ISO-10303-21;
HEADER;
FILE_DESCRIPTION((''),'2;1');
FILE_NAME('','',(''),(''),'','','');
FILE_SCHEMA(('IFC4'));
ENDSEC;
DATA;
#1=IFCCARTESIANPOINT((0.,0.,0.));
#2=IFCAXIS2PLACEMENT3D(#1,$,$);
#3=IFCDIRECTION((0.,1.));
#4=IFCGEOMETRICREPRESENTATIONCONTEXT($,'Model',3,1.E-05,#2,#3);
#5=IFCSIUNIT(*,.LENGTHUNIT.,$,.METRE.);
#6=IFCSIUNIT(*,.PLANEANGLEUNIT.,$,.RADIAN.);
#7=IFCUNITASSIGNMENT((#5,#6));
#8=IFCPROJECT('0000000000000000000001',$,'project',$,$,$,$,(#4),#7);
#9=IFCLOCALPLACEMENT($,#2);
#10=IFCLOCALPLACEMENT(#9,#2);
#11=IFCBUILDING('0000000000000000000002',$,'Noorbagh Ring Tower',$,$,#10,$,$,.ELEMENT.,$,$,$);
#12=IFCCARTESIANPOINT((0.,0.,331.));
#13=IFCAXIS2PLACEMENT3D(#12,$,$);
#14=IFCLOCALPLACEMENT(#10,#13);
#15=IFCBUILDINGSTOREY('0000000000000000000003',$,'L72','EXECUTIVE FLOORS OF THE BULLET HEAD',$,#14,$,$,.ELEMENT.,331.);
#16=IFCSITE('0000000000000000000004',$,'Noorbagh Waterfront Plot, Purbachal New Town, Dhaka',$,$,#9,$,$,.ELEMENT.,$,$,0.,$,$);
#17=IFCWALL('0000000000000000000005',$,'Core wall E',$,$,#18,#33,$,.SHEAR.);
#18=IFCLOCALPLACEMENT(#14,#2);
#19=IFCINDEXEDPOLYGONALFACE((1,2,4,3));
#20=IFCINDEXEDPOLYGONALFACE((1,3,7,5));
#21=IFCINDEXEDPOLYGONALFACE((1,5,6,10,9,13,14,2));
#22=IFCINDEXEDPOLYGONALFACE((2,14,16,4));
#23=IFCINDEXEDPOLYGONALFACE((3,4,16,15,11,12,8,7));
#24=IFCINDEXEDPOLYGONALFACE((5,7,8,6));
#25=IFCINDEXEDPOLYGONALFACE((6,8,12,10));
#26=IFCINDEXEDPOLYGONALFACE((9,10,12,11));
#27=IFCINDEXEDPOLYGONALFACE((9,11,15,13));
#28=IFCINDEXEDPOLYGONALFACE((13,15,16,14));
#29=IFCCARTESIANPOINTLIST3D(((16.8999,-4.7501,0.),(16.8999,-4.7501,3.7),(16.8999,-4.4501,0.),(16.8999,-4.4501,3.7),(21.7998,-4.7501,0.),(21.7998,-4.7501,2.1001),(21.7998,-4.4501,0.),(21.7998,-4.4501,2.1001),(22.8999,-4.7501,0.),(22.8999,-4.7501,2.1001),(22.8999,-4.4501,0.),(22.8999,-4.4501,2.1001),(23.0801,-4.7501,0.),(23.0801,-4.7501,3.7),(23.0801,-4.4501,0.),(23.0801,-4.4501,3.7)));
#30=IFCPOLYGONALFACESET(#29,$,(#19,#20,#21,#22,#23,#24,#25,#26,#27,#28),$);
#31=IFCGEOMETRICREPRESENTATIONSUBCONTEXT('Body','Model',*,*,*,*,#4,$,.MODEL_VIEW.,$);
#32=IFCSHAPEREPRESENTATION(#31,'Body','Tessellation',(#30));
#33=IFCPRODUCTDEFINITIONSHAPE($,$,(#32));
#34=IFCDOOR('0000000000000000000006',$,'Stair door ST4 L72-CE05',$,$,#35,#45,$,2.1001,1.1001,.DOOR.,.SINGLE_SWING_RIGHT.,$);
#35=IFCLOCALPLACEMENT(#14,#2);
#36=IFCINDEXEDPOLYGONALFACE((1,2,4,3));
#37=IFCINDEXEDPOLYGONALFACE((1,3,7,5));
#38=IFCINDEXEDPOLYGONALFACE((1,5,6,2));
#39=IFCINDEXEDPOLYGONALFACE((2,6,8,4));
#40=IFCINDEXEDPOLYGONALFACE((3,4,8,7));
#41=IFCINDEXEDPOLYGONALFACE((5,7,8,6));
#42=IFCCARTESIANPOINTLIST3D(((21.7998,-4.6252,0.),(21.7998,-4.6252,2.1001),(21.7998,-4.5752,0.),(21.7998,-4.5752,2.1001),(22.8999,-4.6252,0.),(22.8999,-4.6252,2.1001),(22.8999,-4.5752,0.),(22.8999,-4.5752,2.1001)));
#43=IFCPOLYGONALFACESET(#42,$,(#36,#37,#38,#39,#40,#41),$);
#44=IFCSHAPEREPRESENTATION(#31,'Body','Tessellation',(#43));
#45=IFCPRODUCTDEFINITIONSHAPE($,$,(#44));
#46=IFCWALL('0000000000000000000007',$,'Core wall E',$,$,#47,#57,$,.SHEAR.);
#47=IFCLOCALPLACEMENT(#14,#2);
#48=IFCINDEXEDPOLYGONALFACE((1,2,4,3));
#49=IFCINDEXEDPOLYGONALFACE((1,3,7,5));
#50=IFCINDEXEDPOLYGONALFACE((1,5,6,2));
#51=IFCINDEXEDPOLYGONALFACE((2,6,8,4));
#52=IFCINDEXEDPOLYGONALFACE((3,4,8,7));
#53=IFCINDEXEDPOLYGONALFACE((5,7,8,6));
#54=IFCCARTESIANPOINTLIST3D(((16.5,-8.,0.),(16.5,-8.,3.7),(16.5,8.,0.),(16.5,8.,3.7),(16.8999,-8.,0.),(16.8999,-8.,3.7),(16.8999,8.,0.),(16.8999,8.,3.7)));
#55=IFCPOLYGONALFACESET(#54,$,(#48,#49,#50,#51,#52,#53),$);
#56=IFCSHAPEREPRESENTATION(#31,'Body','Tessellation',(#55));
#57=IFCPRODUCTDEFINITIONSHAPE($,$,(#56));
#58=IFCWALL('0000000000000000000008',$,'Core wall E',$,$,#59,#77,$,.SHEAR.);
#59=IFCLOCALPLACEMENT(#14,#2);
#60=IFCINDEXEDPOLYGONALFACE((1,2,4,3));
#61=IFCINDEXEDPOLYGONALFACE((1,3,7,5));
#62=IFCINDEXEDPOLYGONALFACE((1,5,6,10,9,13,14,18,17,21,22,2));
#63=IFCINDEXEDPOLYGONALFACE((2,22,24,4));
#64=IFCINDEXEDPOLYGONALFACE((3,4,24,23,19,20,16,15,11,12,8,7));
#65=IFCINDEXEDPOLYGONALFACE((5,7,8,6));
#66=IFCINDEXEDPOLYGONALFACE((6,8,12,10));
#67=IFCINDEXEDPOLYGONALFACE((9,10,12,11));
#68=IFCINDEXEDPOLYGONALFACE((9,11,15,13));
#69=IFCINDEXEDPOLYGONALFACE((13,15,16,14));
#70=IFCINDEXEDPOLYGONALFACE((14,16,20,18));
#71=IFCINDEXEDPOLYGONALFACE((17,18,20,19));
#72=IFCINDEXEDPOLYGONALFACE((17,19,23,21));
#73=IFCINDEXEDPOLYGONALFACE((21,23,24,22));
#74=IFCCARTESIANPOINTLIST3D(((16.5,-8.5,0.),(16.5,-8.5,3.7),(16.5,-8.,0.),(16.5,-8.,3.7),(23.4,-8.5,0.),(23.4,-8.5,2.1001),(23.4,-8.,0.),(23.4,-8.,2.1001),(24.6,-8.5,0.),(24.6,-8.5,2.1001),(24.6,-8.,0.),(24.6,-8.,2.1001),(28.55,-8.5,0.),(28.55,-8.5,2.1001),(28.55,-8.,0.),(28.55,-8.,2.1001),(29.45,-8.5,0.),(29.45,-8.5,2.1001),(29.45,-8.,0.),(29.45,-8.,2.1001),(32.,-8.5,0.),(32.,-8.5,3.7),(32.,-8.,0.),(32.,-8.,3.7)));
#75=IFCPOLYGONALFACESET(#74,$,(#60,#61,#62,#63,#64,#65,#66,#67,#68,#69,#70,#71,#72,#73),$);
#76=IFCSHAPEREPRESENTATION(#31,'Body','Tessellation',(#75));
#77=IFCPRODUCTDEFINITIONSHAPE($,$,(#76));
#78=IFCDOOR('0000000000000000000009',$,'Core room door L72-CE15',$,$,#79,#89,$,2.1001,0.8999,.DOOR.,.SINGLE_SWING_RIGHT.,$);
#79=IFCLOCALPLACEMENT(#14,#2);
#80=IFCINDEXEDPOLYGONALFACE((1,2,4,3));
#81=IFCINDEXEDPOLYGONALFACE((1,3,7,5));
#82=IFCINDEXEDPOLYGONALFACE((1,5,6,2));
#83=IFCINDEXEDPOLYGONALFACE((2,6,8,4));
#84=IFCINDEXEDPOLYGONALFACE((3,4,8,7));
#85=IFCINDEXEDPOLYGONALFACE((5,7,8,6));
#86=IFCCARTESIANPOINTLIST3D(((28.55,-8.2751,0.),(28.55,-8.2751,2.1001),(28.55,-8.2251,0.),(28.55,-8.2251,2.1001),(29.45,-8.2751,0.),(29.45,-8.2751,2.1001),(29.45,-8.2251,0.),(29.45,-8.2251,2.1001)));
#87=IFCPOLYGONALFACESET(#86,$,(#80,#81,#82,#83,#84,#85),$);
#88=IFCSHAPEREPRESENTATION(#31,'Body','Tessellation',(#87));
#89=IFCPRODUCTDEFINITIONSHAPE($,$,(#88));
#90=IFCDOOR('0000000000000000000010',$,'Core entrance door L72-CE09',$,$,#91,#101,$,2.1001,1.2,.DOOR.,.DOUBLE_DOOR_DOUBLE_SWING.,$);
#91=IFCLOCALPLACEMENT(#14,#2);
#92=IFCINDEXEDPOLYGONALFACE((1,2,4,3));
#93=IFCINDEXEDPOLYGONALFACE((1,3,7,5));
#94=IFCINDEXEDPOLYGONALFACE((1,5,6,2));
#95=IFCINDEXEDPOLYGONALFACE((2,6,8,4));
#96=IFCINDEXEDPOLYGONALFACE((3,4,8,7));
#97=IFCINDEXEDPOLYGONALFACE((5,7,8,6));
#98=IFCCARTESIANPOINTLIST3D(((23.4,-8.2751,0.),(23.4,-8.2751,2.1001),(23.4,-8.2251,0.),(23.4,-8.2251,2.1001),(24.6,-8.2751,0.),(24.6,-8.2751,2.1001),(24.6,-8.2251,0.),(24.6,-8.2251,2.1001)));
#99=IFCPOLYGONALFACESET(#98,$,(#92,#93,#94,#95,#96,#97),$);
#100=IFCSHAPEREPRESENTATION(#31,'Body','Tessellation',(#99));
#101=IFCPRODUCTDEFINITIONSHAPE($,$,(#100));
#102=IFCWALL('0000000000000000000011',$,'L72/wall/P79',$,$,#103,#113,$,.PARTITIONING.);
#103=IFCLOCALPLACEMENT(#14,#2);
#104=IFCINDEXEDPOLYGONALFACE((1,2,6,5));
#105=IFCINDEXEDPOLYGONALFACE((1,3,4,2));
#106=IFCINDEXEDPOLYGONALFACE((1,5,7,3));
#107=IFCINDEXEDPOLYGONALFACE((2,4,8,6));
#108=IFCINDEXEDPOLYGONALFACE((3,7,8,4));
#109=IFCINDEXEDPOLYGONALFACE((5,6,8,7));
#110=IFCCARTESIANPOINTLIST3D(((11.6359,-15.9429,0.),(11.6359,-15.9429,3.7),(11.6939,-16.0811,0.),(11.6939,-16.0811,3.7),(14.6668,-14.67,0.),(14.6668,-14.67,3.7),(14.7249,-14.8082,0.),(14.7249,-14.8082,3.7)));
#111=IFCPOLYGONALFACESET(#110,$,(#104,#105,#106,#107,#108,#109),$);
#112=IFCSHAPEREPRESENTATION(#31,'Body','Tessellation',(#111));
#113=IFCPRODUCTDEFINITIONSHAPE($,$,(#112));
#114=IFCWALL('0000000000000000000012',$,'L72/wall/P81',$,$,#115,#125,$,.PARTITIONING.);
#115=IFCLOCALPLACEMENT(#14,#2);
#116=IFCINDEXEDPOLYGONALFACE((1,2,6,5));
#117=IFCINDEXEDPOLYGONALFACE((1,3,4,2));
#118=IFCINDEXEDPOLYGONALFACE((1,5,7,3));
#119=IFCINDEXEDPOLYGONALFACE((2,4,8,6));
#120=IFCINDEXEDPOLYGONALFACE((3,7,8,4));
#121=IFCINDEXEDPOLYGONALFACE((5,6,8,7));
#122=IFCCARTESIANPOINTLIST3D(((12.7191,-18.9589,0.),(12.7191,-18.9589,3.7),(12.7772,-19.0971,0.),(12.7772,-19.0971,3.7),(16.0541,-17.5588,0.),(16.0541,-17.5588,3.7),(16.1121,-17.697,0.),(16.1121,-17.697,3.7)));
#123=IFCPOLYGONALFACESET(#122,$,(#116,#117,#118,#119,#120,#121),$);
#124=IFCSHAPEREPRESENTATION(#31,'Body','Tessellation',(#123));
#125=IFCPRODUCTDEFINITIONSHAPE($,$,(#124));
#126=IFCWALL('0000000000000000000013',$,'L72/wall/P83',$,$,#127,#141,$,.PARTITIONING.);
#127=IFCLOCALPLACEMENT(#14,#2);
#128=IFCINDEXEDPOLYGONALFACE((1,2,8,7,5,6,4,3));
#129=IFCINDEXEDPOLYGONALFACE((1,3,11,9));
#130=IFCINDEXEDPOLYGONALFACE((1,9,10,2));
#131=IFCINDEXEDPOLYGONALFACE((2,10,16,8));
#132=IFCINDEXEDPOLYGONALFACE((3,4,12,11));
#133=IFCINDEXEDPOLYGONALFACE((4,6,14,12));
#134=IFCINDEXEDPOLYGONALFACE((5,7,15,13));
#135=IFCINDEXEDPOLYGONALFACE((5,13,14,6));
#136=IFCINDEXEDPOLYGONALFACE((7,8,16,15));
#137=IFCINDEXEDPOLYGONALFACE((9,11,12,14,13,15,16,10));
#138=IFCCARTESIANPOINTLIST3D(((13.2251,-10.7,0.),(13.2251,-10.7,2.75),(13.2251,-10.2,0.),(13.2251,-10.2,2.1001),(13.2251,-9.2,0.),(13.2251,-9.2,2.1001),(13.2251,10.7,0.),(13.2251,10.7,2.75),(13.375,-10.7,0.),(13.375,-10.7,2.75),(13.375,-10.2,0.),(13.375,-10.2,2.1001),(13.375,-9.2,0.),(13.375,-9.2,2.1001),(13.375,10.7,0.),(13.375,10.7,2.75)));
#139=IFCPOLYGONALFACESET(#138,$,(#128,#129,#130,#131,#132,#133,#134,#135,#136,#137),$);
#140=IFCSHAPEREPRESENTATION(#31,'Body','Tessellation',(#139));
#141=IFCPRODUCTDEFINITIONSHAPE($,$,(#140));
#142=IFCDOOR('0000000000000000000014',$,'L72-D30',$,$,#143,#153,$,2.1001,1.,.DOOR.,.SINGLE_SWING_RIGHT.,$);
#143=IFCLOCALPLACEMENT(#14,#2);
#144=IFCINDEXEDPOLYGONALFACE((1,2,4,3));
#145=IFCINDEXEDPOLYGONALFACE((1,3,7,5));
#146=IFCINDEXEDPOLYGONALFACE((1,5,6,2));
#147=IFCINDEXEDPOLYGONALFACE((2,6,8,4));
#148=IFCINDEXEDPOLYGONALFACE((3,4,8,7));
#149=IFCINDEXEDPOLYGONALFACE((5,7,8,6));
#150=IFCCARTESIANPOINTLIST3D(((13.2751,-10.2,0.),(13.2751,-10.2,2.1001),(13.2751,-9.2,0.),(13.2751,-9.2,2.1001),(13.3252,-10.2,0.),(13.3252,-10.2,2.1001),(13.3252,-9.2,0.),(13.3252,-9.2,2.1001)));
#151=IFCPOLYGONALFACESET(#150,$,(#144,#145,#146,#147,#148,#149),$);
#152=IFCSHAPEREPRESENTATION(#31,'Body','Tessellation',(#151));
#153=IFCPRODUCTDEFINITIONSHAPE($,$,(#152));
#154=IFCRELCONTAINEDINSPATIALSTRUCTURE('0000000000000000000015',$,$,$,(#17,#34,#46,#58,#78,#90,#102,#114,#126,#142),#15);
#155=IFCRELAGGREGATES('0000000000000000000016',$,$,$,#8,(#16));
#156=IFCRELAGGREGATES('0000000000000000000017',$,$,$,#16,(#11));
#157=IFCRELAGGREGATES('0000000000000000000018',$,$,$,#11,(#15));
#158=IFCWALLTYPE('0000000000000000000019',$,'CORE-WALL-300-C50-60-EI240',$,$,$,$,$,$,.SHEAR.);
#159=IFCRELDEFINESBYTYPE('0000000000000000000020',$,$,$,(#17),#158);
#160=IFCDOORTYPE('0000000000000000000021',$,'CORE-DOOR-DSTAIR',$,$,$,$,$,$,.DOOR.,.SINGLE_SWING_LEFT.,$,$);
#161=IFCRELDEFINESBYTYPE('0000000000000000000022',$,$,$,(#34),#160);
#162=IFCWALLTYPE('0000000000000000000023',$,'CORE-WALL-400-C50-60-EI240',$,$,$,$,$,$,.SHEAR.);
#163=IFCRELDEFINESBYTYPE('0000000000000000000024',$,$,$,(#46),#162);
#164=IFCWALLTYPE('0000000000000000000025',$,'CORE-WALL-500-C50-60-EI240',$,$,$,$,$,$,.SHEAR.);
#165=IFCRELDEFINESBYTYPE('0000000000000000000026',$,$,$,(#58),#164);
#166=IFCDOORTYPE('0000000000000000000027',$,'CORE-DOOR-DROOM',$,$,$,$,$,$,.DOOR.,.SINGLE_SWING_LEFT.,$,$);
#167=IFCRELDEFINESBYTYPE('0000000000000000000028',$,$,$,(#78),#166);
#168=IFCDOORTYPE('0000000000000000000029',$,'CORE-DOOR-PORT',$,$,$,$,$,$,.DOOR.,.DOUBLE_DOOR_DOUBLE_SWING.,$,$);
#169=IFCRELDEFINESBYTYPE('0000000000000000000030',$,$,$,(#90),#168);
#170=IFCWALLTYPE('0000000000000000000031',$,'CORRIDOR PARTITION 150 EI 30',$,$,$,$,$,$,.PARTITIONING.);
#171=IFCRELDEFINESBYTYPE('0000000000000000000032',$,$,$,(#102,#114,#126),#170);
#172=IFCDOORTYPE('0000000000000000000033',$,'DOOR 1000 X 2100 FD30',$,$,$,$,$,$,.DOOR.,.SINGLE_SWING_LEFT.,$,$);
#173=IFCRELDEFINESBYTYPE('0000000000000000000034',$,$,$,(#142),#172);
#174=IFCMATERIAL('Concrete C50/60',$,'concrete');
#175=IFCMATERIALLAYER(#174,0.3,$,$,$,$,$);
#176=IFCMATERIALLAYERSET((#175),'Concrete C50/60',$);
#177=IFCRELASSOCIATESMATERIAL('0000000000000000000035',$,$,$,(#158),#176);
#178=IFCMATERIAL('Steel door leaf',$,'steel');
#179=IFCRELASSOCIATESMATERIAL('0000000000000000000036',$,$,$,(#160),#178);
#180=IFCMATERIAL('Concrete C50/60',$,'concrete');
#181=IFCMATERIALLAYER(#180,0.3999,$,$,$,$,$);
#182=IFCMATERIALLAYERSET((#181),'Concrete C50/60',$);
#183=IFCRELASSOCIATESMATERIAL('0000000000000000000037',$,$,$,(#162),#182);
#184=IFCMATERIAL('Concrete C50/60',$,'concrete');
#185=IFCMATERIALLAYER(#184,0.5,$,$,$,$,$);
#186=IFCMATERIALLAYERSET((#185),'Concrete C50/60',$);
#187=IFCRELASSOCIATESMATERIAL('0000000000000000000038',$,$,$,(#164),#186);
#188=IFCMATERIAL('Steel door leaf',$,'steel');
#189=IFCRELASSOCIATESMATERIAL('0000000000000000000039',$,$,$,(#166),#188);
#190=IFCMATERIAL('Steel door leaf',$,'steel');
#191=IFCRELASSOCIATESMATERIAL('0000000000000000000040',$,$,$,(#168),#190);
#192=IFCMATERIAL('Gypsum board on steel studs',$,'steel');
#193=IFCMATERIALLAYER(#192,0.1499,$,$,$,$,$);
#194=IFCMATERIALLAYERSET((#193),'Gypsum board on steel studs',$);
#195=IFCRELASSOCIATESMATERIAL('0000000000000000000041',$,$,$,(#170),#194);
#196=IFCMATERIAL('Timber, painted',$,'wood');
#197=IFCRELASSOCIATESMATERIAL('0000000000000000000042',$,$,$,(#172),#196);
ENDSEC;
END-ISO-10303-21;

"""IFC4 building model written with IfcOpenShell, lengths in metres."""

from ifc_helpers import new_model, si_unit, direction, frame, frame_2d, origin, place, context, subcontext, project, spatial, rectangle, extrude, material, layer, layer_set, type_object, element, fill, save


model = new_model("IFC4")

# Units and contexts
model_context = context("Model", 3, precision=1e-05, world=origin(), true_north=direction((0.0, 1.0)))
body_context = subcontext(model_context, "Body", "Model", "MODEL_VIEW")
ifc_project = project(units=[si_unit("LENGTHUNIT", "METRE"), si_unit("PLANEANGLEUNIT", "RADIAN")], contexts=[model_context])

# Site, building, storey
site_placement = place(None, origin())
site = spatial("IfcSite", under=ifc_project, at=site_placement, Name="Noorbagh Waterfront Plot, Purbachal New Town, Dhaka", CompositionType="ELEMENT", RefElevation=0.0)
building_placement = place(site_placement, origin())
building = spatial("IfcBuilding", under=site, at=building_placement, Name="Noorbagh Ring Tower", CompositionType="ELEMENT")
storey_placement = place(building_placement, frame((0.0, 0.0, 331.0)))
storey = spatial("IfcBuildingStorey", under=building, at=storey_placement, Name="L72", Description="EXECUTIVE FLOORS OF THE BULLET HEAD", CompositionType="ELEMENT", Elevation=331.0)

# Wall, opening, door
ifc_material_1 = material(Name="Concrete C50/60", Category="concrete")
ifc_layer_1 = layer(ifc_material_1, 0.3)
ifc_layer_set_1 = layer_set([ifc_layer_1], Name="Concrete C50/60")
wall_type_1 = type_object("IfcWallType", Name="CORE-WALL-300-C50-60-EI240", PredefinedType="SHEAR", material=ifc_layer_set_1)
wall_1_placement = place(storey_placement, frame((16.8999, -4.6001, 0.0), z_axis=(0.0, 0.0, 1.0), x_axis=(1.0, 0.0, 0.0)))
wall_1 = element("IfcWall", 1, at=wall_1_placement, inside=storey, type_object=wall_type_1, Name="Core wall E", PredefinedType="SHEAR", context=body_context, shape_type="SweptSolid", body=[
    extrude(rectangle(XDim=6.1802, YDim=0.3, at=frame_2d((3.0901, 0.0))), origin(), (0.0, 0.0, 1.0), 3.7),
])
opening_1_placement = place(wall_1_placement, frame((4.8999, 0.0, 0.0)))
opening_1 = element("IfcOpeningElement", 2, at=opening_1_placement, cuts=wall_1, PredefinedType="OPENING", context=body_context, shape_type="SweptSolid", body=[
    extrude(rectangle(XDim=1.1001, YDim=2.1001, at=frame_2d((0.55, 1.05))), frame((0.0, 0.1602, 0.0), z_axis=(0.0, -1.0, 0.0), x_axis=(1.0, 0.0, 0.0)), (0.0, 0.0, 1.0), 0.3201),
])
ifc_material_2 = material(Name="Steel door leaf", Category="steel")
door_type_1 = type_object("IfcDoorType", Name="CORE-DOOR-DSTAIR", OperationType="SINGLE_SWING_LEFT", PredefinedType="DOOR", material=ifc_material_2)
door_1_placement = place(opening_1_placement, origin())
door_1 = element("IfcDoor", 3, at=door_1_placement, inside=storey, type_object=door_type_1, Name="Stair door ST4 L72-CE05", OperationType="SINGLE_SWING_RIGHT", OverallHeight=2.1001, OverallWidth=1.1001, PredefinedType="DOOR", context=body_context, shape_type="SweptSolid", body=[
    extrude(rectangle(XDim=1.1001, YDim=2.1001, at=frame_2d((0.55, 1.05))), frame((0.0, 0.0249, 0.0), z_axis=(0.0, -1.0, 0.0), x_axis=(1.0, 0.0, 0.0)), (0.0, 0.0, 1.0), 0.05),
])
fill(opening_1, door_1)

# Wall
ifc_material_3 = material(Name="Concrete C50/60", Category="concrete")
ifc_layer_2 = layer(ifc_material_3, 0.3999)
ifc_layer_set_2 = layer_set([ifc_layer_2], Name="Concrete C50/60")
wall_type_2 = type_object("IfcWallType", Name="CORE-WALL-400-C50-60-EI240", PredefinedType="SHEAR", material=ifc_layer_set_2)
wall_2_placement = place(storey_placement, frame((16.7, -8.0, 0.0), z_axis=(0.0, 0.0, 1.0), x_axis=(0.0, 1.0, 0.0)))
element("IfcWall", 4, at=wall_2_placement, inside=storey, type_object=wall_type_2, Name="Core wall E", PredefinedType="SHEAR", context=body_context, shape_type="SweptSolid", body=[
    extrude(rectangle(XDim=16.0, YDim=0.3999, at=frame_2d((8.0, 0.0))), origin(), (0.0, 0.0, 1.0), 3.7),
])

# Wall, openings, doors
ifc_material_4 = material(Name="Concrete C50/60", Category="concrete")
ifc_layer_3 = layer(ifc_material_4, 0.5)
ifc_layer_set_3 = layer_set([ifc_layer_3], Name="Concrete C50/60")
wall_type_3 = type_object("IfcWallType", Name="CORE-WALL-500-C50-60-EI240", PredefinedType="SHEAR", material=ifc_layer_set_3)
wall_3_placement = place(storey_placement, frame((16.5, -8.25, 0.0), z_axis=(0.0, 0.0, 1.0), x_axis=(1.0, 0.0, 0.0)))
wall_3 = element("IfcWall", 5, at=wall_3_placement, inside=storey, type_object=wall_type_3, Name="Core wall E", PredefinedType="SHEAR", context=body_context, shape_type="SweptSolid", body=[
    extrude(rectangle(XDim=15.5, YDim=0.5, at=frame_2d((7.75, 0.0))), origin(), (0.0, 0.0, 1.0), 3.7),
])
opening_2_placement = place(wall_3_placement, frame((6.8999, 0.0, 0.0)))
opening_2 = element("IfcOpeningElement", 6, at=opening_2_placement, cuts=wall_3, PredefinedType="OPENING", context=body_context, shape_type="SweptSolid", body=[
    extrude(rectangle(XDim=1.2, YDim=2.1001, at=frame_2d((0.6001, 1.05))), frame((0.0, 0.26, 0.0), z_axis=(0.0, -1.0, 0.0), x_axis=(1.0, 0.0, 0.0)), (0.0, 0.0, 1.0), 0.52),
])
opening_3_placement = place(wall_3_placement, frame((12.05, 0.0, 0.0)))
opening_3 = element("IfcOpeningElement", 7, at=opening_3_placement, cuts=wall_3, PredefinedType="OPENING", context=body_context, shape_type="SweptSolid", body=[
    extrude(rectangle(XDim=0.8999, YDim=2.1001, at=frame_2d((0.45, 1.05))), frame((0.0, 0.26, 0.0), z_axis=(0.0, -1.0, 0.0), x_axis=(1.0, 0.0, 0.0)), (0.0, 0.0, 1.0), 0.52),
])
ifc_material_5 = material(Name="Steel door leaf", Category="steel")
door_type_2 = type_object("IfcDoorType", Name="CORE-DOOR-DROOM", OperationType="SINGLE_SWING_LEFT", PredefinedType="DOOR", material=ifc_material_5)
door_2_placement = place(opening_3_placement, origin())
door_2 = element("IfcDoor", 8, at=door_2_placement, inside=storey, type_object=door_type_2, Name="Core room door L72-CE15", OperationType="SINGLE_SWING_RIGHT", OverallHeight=2.1001, OverallWidth=0.8999, PredefinedType="DOOR", context=body_context, shape_type="SweptSolid", body=[
    extrude(rectangle(XDim=0.8999, YDim=2.1001, at=frame_2d((0.45, 1.05))), frame((0.0, 0.0249, 0.0), z_axis=(0.0, -1.0, 0.0), x_axis=(1.0, 0.0, 0.0)), (0.0, 0.0, 1.0), 0.05),
])
fill(opening_3, door_2)
ifc_material_6 = material(Name="Steel door leaf", Category="steel")
door_type_3 = type_object("IfcDoorType", Name="CORE-DOOR-PORT", OperationType="DOUBLE_DOOR_DOUBLE_SWING", PredefinedType="DOOR", material=ifc_material_6)
door_3_placement = place(opening_2_placement, origin())
door_3 = element("IfcDoor", 9, at=door_3_placement, inside=storey, type_object=door_type_3, Name="Core entrance door L72-CE09", OperationType="DOUBLE_DOOR_DOUBLE_SWING", OverallHeight=2.1001, OverallWidth=1.2, PredefinedType="DOOR", context=body_context, shape_type="SweptSolid", body=[
    extrude(rectangle(XDim=1.2, YDim=2.1001, at=frame_2d((0.6001, 1.05))), frame((0.0, 0.0249, 0.0), z_axis=(0.0, -1.0, 0.0), x_axis=(1.0, 0.0, 0.0)), (0.0, 0.0, 1.0), 0.05),
])
fill(opening_2, door_3)

# Walls
ifc_material_7 = material(Name="Gypsum board on steel studs", Category="steel")
ifc_layer_4 = layer(ifc_material_7, 0.1499)
ifc_layer_set_4 = layer_set([ifc_layer_4], Name="Gypsum board on steel studs")
wall_type_4 = type_object("IfcWallType", Name="CORRIDOR PARTITION 150 EI 30", PredefinedType="PARTITIONING", material=ifc_layer_set_4)
wall_4_placement = place(storey_placement, frame((11.665, -16.012, 0.0), z_axis=(0.0, 0.0, 1.0), x_axis=(0.92199, 0.387214, 0.0)))
element("IfcWall", 10, at=wall_4_placement, inside=storey, type_object=wall_type_4, Name="L72/wall/P79", PredefinedType="PARTITIONING", context=body_context, shape_type="SweptSolid", body=[
    extrude(rectangle(XDim=3.2874, YDim=0.1499, at=frame_2d((1.6436, 0.0))), origin(), (0.0, 0.0, 1.0), 3.7),
])
wall_5_placement = place(storey_placement, frame((12.748, -19.0281, 0.0), z_axis=(0.0, 0.0, 1.0), x_axis=(0.922035, 0.387106, 0.0)))
element("IfcWall", 11, at=wall_5_placement, inside=storey, type_object=wall_type_4, Name="L72/wall/P81", PredefinedType="PARTITIONING", context=body_context, shape_type="SweptSolid", body=[
    extrude(rectangle(XDim=3.6169, YDim=0.1499, at=frame_2d((1.8086, 0.0))), origin(), (0.0, 0.0, 1.0), 3.7),
])

# Wall, opening, door
wall_6_placement = place(storey_placement, frame((13.3, -10.7, 0.0), z_axis=(0.0, 0.0, 1.0), x_axis=(0.0, 1.0, 0.0)))
wall_6 = element("IfcWall", 12, at=wall_6_placement, inside=storey, type_object=wall_type_4, Name="L72/wall/P83", PredefinedType="PARTITIONING", context=body_context, shape_type="SweptSolid", body=[
    extrude(rectangle(XDim=21.3999, YDim=0.1499, at=frame_2d((10.7, 0.0))), origin(), (0.0, 0.0, 1.0), 2.75),
])
opening_4_placement = place(wall_6_placement, frame((0.5, 0.0, 0.0)))
opening_4 = element("IfcOpeningElement", 13, at=opening_4_placement, cuts=wall_6, PredefinedType="OPENING", context=body_context, shape_type="SweptSolid", body=[
    extrude(rectangle(XDim=1.0, YDim=2.1001, at=frame_2d((0.5, 1.05))), frame((0.0, 0.085, 0.0), z_axis=(0.0, -1.0, 0.0), x_axis=(1.0, 0.0, 0.0)), (0.0, 0.0, 1.0), 0.1699),
])
ifc_material_8 = material(Name="Timber, painted", Category="wood")
door_type_4 = type_object("IfcDoorType", Name="DOOR 1000 X 2100 FD30", OperationType="SINGLE_SWING_LEFT", PredefinedType="DOOR", material=ifc_material_8)
door_4_placement = place(opening_4_placement, origin())
door_4 = element("IfcDoor", 14, at=door_4_placement, inside=storey, type_object=door_type_4, Name="L72-D30", OperationType="SINGLE_SWING_RIGHT", OverallHeight=2.1001, OverallWidth=1.0, PredefinedType="DOOR", context=body_context, shape_type="SweptSolid", body=[
    extrude(rectangle(XDim=1.0, YDim=2.1001, at=frame_2d((0.5, 1.05))), frame((0.0, 0.0249, 0.0), z_axis=(0.0, -1.0, 0.0), x_axis=(1.0, 0.0, 0.0)), (0.0, 0.0, 1.0), 0.05),
])
fill(opening_4, door_4)

save(model, "model.ifc")
